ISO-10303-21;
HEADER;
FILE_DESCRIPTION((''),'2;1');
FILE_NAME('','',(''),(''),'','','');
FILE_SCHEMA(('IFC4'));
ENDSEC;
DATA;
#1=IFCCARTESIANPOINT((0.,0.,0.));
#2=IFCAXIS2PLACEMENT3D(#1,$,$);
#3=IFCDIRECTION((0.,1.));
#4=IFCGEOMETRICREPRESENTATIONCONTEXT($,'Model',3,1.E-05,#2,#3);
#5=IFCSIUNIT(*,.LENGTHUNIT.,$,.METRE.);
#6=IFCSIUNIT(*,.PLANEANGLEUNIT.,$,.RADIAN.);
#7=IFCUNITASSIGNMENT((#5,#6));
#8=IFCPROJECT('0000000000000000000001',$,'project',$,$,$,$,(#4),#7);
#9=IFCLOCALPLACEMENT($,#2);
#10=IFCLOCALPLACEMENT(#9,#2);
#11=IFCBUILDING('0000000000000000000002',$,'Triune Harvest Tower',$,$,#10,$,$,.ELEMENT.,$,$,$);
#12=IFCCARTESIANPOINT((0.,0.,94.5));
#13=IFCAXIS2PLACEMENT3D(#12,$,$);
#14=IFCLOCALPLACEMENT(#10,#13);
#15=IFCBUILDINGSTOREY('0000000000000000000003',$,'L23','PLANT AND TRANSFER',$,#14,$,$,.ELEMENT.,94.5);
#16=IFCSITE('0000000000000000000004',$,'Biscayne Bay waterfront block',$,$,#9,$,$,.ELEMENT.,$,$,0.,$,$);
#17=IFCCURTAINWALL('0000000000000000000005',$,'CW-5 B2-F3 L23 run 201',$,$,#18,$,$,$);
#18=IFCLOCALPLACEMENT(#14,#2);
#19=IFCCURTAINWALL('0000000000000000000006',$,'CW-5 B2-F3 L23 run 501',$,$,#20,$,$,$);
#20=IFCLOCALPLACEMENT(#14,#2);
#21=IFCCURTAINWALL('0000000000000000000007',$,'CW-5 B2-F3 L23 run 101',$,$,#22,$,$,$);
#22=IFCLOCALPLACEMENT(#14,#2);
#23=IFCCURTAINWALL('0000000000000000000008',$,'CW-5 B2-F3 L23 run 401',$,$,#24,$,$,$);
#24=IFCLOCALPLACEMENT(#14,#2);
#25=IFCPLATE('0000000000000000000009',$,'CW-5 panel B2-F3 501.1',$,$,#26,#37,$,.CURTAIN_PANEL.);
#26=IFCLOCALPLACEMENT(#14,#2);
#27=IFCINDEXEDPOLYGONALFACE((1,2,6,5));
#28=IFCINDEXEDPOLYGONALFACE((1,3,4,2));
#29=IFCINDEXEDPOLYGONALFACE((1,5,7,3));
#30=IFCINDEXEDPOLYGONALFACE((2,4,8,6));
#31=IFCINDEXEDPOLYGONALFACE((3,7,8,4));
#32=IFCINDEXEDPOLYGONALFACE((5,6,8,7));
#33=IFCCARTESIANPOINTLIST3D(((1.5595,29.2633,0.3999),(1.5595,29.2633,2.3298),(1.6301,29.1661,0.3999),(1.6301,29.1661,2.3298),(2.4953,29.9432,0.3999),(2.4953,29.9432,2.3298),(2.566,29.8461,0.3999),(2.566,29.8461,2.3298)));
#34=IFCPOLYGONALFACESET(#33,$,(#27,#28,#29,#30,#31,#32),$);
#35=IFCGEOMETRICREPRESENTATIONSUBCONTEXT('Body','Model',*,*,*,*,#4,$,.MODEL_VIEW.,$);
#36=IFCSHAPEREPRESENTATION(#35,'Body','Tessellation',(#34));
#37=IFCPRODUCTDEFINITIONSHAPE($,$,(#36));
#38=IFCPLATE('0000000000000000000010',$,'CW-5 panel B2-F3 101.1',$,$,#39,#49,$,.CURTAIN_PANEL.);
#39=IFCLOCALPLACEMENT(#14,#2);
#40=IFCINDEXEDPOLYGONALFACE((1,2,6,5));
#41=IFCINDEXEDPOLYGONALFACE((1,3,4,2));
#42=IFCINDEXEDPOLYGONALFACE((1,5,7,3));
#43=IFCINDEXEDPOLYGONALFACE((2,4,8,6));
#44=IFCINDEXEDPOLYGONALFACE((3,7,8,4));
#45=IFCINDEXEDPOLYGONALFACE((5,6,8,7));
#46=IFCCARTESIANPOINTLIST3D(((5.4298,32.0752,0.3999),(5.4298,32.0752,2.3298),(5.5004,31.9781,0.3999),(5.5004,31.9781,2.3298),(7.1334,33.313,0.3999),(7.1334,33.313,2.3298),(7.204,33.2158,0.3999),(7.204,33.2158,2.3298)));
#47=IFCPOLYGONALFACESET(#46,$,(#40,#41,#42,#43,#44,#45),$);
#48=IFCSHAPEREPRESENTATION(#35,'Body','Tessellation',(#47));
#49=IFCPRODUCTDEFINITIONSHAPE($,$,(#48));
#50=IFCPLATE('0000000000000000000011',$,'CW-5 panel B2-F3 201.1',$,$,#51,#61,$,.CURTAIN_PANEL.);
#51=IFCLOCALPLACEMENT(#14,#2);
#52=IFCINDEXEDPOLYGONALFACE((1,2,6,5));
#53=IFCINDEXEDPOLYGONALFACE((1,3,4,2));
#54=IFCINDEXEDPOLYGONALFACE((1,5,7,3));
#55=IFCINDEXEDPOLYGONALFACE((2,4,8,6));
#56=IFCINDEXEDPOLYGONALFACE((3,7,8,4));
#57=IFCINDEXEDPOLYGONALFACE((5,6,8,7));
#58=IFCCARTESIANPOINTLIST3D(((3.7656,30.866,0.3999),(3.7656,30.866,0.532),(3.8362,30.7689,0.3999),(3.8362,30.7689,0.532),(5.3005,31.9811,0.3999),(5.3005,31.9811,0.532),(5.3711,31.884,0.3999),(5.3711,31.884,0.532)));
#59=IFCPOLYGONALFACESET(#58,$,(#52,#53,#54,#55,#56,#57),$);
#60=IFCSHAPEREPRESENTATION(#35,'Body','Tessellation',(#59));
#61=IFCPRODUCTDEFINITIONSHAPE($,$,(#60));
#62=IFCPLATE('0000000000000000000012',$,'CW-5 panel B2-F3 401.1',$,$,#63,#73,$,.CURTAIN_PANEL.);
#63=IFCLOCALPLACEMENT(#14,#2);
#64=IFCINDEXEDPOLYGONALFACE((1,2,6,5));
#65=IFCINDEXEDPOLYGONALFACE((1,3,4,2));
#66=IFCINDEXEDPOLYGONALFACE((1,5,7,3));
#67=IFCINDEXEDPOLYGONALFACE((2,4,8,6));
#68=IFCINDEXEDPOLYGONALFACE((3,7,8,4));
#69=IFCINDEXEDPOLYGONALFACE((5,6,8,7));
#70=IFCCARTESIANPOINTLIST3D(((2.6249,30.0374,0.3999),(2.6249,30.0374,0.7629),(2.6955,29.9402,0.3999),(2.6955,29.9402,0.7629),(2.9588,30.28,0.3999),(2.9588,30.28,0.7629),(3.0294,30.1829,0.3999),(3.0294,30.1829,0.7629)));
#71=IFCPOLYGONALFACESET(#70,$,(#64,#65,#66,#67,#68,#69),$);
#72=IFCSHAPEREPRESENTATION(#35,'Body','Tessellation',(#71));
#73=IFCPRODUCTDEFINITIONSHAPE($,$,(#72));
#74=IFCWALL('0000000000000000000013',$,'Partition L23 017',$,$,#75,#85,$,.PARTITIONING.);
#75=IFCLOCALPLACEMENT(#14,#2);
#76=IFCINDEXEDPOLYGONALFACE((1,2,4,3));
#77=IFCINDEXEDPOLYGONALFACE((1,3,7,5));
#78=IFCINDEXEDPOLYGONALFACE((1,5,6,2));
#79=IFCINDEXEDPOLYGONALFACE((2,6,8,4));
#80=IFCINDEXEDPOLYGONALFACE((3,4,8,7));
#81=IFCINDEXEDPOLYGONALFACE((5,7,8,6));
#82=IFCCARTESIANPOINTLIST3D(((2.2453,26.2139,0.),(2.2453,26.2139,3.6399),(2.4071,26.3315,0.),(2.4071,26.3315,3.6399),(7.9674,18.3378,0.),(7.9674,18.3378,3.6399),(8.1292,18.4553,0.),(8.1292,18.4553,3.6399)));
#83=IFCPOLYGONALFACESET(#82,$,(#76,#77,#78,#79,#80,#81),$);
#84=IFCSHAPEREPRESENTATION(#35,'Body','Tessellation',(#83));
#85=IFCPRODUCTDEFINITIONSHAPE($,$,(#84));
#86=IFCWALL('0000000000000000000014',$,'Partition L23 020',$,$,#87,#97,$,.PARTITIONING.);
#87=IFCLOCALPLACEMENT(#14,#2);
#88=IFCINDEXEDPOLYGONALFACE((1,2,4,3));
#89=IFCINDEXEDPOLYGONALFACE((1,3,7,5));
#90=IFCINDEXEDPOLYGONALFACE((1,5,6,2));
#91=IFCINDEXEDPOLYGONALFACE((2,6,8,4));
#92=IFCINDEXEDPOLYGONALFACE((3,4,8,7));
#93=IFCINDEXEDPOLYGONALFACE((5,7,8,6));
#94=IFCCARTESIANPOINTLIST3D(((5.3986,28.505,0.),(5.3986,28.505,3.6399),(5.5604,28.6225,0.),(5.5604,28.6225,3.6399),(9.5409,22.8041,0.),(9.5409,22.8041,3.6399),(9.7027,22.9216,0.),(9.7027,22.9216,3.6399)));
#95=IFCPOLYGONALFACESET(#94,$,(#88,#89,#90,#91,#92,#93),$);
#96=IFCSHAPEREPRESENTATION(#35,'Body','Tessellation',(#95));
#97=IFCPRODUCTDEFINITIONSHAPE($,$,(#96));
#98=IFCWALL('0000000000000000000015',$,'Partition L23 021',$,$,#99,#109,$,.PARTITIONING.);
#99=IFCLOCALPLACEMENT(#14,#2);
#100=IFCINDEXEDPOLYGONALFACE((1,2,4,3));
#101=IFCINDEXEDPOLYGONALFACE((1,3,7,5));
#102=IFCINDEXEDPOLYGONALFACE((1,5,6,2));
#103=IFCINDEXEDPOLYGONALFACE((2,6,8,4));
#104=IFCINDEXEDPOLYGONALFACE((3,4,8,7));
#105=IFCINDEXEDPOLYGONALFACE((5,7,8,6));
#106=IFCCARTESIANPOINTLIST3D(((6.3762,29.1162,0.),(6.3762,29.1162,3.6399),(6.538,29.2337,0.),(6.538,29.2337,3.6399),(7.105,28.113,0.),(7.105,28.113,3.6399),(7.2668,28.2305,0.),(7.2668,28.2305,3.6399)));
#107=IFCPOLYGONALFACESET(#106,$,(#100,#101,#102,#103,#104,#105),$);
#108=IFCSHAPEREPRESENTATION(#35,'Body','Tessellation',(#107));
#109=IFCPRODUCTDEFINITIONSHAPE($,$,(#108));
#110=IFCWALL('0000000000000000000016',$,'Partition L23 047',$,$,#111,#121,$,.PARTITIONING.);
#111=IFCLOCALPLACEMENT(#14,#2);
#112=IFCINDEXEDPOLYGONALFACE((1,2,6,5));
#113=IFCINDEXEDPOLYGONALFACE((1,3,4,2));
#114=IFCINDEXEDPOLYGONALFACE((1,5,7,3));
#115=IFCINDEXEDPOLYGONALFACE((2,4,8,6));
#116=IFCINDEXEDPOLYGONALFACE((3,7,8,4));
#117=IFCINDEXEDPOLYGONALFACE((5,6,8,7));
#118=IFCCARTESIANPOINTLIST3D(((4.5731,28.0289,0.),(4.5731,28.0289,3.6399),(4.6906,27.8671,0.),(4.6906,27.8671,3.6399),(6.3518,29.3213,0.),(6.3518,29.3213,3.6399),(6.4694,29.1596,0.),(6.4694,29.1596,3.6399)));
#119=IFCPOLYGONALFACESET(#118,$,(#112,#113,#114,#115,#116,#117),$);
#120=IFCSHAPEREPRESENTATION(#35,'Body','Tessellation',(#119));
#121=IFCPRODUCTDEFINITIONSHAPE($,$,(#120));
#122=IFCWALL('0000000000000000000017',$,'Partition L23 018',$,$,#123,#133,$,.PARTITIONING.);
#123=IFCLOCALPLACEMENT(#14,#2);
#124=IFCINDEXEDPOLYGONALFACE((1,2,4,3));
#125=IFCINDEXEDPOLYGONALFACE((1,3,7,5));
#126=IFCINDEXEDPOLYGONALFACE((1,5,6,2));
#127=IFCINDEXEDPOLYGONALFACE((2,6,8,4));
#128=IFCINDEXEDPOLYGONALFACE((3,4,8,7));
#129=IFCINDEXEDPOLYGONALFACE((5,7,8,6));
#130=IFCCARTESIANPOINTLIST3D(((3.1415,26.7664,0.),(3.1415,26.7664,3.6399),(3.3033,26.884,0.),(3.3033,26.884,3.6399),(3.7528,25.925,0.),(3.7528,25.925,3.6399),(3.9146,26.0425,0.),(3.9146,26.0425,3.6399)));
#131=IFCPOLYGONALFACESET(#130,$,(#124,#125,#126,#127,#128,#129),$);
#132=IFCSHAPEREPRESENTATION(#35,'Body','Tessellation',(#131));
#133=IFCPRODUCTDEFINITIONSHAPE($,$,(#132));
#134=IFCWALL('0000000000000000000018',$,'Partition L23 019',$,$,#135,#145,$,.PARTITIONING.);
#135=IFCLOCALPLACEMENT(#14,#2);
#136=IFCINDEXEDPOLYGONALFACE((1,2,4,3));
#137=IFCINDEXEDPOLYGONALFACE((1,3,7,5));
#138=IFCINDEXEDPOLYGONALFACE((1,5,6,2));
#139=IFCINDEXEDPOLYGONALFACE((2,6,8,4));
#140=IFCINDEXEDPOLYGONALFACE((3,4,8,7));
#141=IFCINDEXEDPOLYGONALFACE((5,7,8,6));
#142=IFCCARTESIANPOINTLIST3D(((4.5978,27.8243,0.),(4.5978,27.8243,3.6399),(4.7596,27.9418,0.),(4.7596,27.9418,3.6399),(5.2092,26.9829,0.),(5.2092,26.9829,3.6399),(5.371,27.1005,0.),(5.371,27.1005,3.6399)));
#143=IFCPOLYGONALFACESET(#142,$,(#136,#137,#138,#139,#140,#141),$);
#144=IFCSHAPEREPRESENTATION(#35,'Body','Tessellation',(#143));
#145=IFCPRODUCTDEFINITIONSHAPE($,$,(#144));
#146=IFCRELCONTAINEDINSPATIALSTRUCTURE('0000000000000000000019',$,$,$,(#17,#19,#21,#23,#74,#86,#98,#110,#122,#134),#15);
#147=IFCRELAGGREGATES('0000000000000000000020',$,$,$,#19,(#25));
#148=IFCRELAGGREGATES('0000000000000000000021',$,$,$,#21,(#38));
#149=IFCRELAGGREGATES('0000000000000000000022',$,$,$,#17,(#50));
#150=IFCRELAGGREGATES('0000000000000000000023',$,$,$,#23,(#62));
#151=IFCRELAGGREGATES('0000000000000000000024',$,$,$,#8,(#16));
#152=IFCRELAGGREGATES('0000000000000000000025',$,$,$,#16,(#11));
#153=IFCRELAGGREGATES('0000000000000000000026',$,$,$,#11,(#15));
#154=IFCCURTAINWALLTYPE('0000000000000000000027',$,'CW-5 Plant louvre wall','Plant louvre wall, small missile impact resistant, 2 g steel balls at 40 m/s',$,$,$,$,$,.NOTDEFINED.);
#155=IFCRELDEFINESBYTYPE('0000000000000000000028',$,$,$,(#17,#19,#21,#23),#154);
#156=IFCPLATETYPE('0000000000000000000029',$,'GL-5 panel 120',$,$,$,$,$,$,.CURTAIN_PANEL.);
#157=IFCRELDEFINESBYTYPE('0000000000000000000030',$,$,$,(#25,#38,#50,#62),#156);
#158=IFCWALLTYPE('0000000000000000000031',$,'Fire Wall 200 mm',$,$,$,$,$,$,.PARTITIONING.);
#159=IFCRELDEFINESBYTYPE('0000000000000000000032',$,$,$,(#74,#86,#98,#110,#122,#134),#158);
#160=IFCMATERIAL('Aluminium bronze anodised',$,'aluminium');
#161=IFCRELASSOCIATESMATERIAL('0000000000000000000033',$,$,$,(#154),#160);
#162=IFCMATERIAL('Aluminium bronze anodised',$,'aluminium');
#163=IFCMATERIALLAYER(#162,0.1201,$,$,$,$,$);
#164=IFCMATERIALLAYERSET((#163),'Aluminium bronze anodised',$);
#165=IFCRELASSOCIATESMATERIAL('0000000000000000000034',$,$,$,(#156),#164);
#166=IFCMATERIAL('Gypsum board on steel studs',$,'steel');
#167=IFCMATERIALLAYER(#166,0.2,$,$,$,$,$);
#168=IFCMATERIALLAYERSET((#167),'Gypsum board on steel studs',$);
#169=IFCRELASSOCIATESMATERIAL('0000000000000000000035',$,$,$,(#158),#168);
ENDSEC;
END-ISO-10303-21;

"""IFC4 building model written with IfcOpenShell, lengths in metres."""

from ifc_helpers import new_model, si_unit, direction, frame, frame_2d, origin, origin_2d, place, context, subcontext, project, spatial, rectangle, extrude, source, transform, mapped, material, layer, layer_set, type_object, element, aggregate, save


model = new_model("IFC4")

# Units and contexts
model_context = context("Model", 3, precision=1e-05, world=origin(), true_north=direction((0.0, 1.0)))
body_context = subcontext(model_context, "Body", "Model", "MODEL_VIEW")
ifc_project = project(units=[si_unit("LENGTHUNIT", "METRE"), si_unit("PLANEANGLEUNIT", "RADIAN")], contexts=[model_context])

# Site, building, storey
site_placement = place(None, origin())
site = spatial("IfcSite", under=ifc_project, at=site_placement, Name="Biscayne Bay waterfront block", CompositionType="ELEMENT", RefElevation=0.0)
building_placement = place(site_placement, origin())
building = spatial("IfcBuilding", under=site, at=building_placement, Name="Triune Harvest Tower", CompositionType="ELEMENT")
storey_placement = place(building_placement, frame((0.0, 0.0, 94.5)))
storey = spatial("IfcBuildingStorey", under=building, at=storey_placement, Name="L23", Description="PLANT AND TRANSFER", CompositionType="ELEMENT", Elevation=94.5)

# Curtain walls
ifc_material_1 = material(Name="Aluminium bronze anodised", Category="aluminium")
curtain_wall_type = type_object("IfcCurtainWallType", Name="CW-5 Plant louvre wall", Description="Plant louvre wall, small missile impact resistant, 2 g steel balls at 40 m/s", PredefinedType="NOTDEFINED", material=ifc_material_1)
curtain_wall_1_placement = place(storey_placement, origin())
curtain_wall_1 = element("IfcCurtainWall", 1, at=curtain_wall_1_placement, inside=storey, type_object=curtain_wall_type, Name="CW-5 B2-F3 L23 run 201")
curtain_wall_2_placement = place(storey_placement, origin())
curtain_wall_2 = element("IfcCurtainWall", 2, at=curtain_wall_2_placement, inside=storey, type_object=curtain_wall_type, Name="CW-5 B2-F3 L23 run 501")

# Curtain wall
curtain_wall_3_placement = place(storey_placement, origin())
curtain_wall_3 = element("IfcCurtainWall", 3, at=curtain_wall_3_placement, inside=storey, type_object=curtain_wall_type, Name="CW-5 B2-F3 L23 run 101")

# Curtain wall
curtain_wall_4_placement = place(storey_placement, origin())
curtain_wall_4 = element("IfcCurtainWall", 4, at=curtain_wall_4_placement, inside=storey, type_object=curtain_wall_type, Name="CW-5 B2-F3 L23 run 401")

# Plates
ifc_material_2 = material(Name="Aluminium bronze anodised", Category="aluminium")
ifc_layer_1 = layer(ifc_material_2, 0.1201)
ifc_layer_set_1 = layer_set([ifc_layer_1], Name="Aluminium bronze anodised")
plate_type = type_object("IfcPlateType", Name="GL-5 panel 120", PredefinedType="CURTAIN_PANEL", material=ifc_layer_set_1)
plate_1_placement = place(storey_placement, frame((2.0627, 29.5547, 0.3999), z_axis=(0.0, 0.0, 1.0), x_axis=(-0.809012, -0.587792, 0.0)))
plate_1 = element("IfcPlate", 5, at=plate_1_placement, type_object=plate_type, Name="CW-5 panel B2-F3 501.1", PredefinedType="CURTAIN_PANEL", context=body_context, shape_type="SweptSolid", body=[
    extrude(rectangle(XDim=1.1567, YDim=0.1201, at=origin_2d()), origin(), (0.0, 0.0, 1.0), 1.9299),
])
aggregate(curtain_wall_2, [plate_1])
shared_shape_1 = source(origin(), body_context, "Body", "SweptSolid", [
    extrude(rectangle(XDim=2.1057, YDim=0.1201, at=origin_2d()), origin(), (0.0, 0.0, 1.0), 1.9299),
])
plate_2_placement = place(storey_placement, frame((6.3169, 32.6455, 0.3999), z_axis=(0.0, 0.0, 1.0), x_axis=(-0.809013, -0.587791, 0.0)))
plate_2 = element("IfcPlate", 6, at=plate_2_placement, type_object=plate_type, Name="CW-5 panel B2-F3 101.1", PredefinedType="CURTAIN_PANEL", context=body_context, shape_type="MappedRepresentation", body=[
    mapped(shared_shape_1, transform((0.0, 0.0, 0.0), scale=1.0)),
])
aggregate(curtain_wall_3, [plate_2])
shared_shape_2 = source(origin(), body_context, "Body", "SweptSolid", [
    extrude(rectangle(XDim=1.8972, YDim=0.1201, at=origin_2d()), origin(), (0.0, 0.0, 1.0), 0.1321),
])
plate_3_placement = place(storey_placement, frame((4.5684, 31.375, 0.3999), z_axis=(0.0, 0.0, 1.0), x_axis=(-0.80903, -0.587767, 0.0)))
plate_3 = element("IfcPlate", 7, at=plate_3_placement, type_object=plate_type, Name="CW-5 panel B2-F3 201.1", PredefinedType="CURTAIN_PANEL", context=body_context, shape_type="MappedRepresentation", body=[
    mapped(shared_shape_2, transform((0.0, 0.0, 0.0), scale=1.0)),
])
aggregate(curtain_wall_1, [plate_3])
shared_shape_3 = source(origin(), body_context, "Body", "SweptSolid", [
    extrude(rectangle(XDim=0.4128, YDim=0.1201, at=origin_2d()), origin(), (0.0, 0.0, 1.0), 0.363),
])
plate_4_placement = place(storey_placement, frame((2.8271, 30.1101, 0.3999), z_axis=(0.0, 0.0, 1.0), x_axis=(-0.808978, -0.58784, 0.0)))
plate_4 = element("IfcPlate", 8, at=plate_4_placement, type_object=plate_type, Name="CW-5 panel B2-F3 401.1", PredefinedType="CURTAIN_PANEL", context=body_context, shape_type="MappedRepresentation", body=[
    mapped(shared_shape_3, transform((0.0, 0.0, 0.0), scale=1.0)),
])
aggregate(curtain_wall_4, [plate_4])

# Walls
ifc_material_3 = material(Name="Gypsum board on steel studs", Category="steel")
ifc_layer_2 = layer(ifc_material_3, 0.2)
ifc_layer_set_2 = layer_set([ifc_layer_2], Name="Gypsum board on steel studs")
wall_type = type_object("IfcWallType", Name="Fire Wall 200 mm", PredefinedType="PARTITIONING", material=ifc_layer_set_2)
wall_1_placement = place(storey_placement, frame((2.3262, 26.2727, 0.0), z_axis=(0.0, 0.0, 1.0), x_axis=(0.587769, -0.809029, 0.0)))
element("IfcWall", 9, at=wall_1_placement, inside=storey, type_object=wall_type, Name="Partition L23 017", PredefinedType="PARTITIONING", context=body_context, shape_type="SweptSolid", body=[
    extrude(rectangle(XDim=9.7354, YDim=0.2, at=frame_2d((4.8677, 0.0))), origin(), (0.0, 0.0, 1.0), 3.6399),
])
wall_2_placement = place(storey_placement, frame((5.4795, 28.5637, 0.0), z_axis=(0.0, 0.0, 1.0), x_axis=(0.587819, -0.808992, 0.0)))
element("IfcWall", 10, at=wall_2_placement, inside=storey, type_object=wall_type, Name="Partition L23 020", PredefinedType="PARTITIONING", context=body_context, shape_type="SweptSolid", body=[
    extrude(rectangle(XDim=7.0469, YDim=0.2, at=frame_2d((3.5234, 0.0))), origin(), (0.0, 0.0, 1.0), 3.6399),
])
wall_3_placement = place(storey_placement, frame((6.457, 29.175, 0.0), z_axis=(0.0, 0.0, 1.0), x_axis=(0.587738, -0.809051, 0.0)))
element("IfcWall", 11, at=wall_3_placement, inside=storey, type_object=wall_type, Name="Partition L23 021", PredefinedType="PARTITIONING", context=body_context, shape_type="SweptSolid", body=[
    extrude(rectangle(XDim=1.24, YDim=0.2, at=frame_2d((0.6201, 0.0))), origin(), (0.0, 0.0, 1.0), 3.6399),
])
wall_4_placement = place(storey_placement, frame((4.6318, 27.948, 0.0), z_axis=(0.0, 0.0, 1.0), x_axis=(0.808995, 0.587815, 0.0)))
element("IfcWall", 12, at=wall_4_placement, inside=storey, type_object=wall_type, Name="Partition L23 047", PredefinedType="PARTITIONING", context=body_context, shape_type="SweptSolid", body=[
    extrude(rectangle(XDim=2.1987, YDim=0.2, at=frame_2d((1.0994, 0.0))), origin(), (0.0, 0.0, 1.0), 3.6399),
])
shared_shape_4 = source(origin(), body_context, "Body", "SweptSolid", [
    extrude(rectangle(XDim=1.04, YDim=0.2, at=frame_2d((0.52, 0.0))), origin(), (0.0, 0.0, 1.0), 3.6399),
])
for number, where, z_axis, x_axis, name in (
    (13, (3.2224, 26.8252, 0.0), (0.0, 0.0, 1.0), (0.587725, -0.809061, 0.0), "Partition L23 018"),
    (14, (4.6787, 27.8831, 0.0), (0.0, 0.0, 1.0), (0.587837, -0.80898, 0.0), "Partition L23 019"),
):
    element("IfcWall", number, at=place(storey_placement, frame(where, z_axis=z_axis, x_axis=x_axis)), inside=storey, type_object=wall_type, Name=name, PredefinedType="PARTITIONING", context=body_context, shape_type="MappedRepresentation", body=[
        mapped(shared_shape_4, transform((0.0, 0.0, 0.0), scale=1.0)),
    ])

save(model, "model.ifc")
